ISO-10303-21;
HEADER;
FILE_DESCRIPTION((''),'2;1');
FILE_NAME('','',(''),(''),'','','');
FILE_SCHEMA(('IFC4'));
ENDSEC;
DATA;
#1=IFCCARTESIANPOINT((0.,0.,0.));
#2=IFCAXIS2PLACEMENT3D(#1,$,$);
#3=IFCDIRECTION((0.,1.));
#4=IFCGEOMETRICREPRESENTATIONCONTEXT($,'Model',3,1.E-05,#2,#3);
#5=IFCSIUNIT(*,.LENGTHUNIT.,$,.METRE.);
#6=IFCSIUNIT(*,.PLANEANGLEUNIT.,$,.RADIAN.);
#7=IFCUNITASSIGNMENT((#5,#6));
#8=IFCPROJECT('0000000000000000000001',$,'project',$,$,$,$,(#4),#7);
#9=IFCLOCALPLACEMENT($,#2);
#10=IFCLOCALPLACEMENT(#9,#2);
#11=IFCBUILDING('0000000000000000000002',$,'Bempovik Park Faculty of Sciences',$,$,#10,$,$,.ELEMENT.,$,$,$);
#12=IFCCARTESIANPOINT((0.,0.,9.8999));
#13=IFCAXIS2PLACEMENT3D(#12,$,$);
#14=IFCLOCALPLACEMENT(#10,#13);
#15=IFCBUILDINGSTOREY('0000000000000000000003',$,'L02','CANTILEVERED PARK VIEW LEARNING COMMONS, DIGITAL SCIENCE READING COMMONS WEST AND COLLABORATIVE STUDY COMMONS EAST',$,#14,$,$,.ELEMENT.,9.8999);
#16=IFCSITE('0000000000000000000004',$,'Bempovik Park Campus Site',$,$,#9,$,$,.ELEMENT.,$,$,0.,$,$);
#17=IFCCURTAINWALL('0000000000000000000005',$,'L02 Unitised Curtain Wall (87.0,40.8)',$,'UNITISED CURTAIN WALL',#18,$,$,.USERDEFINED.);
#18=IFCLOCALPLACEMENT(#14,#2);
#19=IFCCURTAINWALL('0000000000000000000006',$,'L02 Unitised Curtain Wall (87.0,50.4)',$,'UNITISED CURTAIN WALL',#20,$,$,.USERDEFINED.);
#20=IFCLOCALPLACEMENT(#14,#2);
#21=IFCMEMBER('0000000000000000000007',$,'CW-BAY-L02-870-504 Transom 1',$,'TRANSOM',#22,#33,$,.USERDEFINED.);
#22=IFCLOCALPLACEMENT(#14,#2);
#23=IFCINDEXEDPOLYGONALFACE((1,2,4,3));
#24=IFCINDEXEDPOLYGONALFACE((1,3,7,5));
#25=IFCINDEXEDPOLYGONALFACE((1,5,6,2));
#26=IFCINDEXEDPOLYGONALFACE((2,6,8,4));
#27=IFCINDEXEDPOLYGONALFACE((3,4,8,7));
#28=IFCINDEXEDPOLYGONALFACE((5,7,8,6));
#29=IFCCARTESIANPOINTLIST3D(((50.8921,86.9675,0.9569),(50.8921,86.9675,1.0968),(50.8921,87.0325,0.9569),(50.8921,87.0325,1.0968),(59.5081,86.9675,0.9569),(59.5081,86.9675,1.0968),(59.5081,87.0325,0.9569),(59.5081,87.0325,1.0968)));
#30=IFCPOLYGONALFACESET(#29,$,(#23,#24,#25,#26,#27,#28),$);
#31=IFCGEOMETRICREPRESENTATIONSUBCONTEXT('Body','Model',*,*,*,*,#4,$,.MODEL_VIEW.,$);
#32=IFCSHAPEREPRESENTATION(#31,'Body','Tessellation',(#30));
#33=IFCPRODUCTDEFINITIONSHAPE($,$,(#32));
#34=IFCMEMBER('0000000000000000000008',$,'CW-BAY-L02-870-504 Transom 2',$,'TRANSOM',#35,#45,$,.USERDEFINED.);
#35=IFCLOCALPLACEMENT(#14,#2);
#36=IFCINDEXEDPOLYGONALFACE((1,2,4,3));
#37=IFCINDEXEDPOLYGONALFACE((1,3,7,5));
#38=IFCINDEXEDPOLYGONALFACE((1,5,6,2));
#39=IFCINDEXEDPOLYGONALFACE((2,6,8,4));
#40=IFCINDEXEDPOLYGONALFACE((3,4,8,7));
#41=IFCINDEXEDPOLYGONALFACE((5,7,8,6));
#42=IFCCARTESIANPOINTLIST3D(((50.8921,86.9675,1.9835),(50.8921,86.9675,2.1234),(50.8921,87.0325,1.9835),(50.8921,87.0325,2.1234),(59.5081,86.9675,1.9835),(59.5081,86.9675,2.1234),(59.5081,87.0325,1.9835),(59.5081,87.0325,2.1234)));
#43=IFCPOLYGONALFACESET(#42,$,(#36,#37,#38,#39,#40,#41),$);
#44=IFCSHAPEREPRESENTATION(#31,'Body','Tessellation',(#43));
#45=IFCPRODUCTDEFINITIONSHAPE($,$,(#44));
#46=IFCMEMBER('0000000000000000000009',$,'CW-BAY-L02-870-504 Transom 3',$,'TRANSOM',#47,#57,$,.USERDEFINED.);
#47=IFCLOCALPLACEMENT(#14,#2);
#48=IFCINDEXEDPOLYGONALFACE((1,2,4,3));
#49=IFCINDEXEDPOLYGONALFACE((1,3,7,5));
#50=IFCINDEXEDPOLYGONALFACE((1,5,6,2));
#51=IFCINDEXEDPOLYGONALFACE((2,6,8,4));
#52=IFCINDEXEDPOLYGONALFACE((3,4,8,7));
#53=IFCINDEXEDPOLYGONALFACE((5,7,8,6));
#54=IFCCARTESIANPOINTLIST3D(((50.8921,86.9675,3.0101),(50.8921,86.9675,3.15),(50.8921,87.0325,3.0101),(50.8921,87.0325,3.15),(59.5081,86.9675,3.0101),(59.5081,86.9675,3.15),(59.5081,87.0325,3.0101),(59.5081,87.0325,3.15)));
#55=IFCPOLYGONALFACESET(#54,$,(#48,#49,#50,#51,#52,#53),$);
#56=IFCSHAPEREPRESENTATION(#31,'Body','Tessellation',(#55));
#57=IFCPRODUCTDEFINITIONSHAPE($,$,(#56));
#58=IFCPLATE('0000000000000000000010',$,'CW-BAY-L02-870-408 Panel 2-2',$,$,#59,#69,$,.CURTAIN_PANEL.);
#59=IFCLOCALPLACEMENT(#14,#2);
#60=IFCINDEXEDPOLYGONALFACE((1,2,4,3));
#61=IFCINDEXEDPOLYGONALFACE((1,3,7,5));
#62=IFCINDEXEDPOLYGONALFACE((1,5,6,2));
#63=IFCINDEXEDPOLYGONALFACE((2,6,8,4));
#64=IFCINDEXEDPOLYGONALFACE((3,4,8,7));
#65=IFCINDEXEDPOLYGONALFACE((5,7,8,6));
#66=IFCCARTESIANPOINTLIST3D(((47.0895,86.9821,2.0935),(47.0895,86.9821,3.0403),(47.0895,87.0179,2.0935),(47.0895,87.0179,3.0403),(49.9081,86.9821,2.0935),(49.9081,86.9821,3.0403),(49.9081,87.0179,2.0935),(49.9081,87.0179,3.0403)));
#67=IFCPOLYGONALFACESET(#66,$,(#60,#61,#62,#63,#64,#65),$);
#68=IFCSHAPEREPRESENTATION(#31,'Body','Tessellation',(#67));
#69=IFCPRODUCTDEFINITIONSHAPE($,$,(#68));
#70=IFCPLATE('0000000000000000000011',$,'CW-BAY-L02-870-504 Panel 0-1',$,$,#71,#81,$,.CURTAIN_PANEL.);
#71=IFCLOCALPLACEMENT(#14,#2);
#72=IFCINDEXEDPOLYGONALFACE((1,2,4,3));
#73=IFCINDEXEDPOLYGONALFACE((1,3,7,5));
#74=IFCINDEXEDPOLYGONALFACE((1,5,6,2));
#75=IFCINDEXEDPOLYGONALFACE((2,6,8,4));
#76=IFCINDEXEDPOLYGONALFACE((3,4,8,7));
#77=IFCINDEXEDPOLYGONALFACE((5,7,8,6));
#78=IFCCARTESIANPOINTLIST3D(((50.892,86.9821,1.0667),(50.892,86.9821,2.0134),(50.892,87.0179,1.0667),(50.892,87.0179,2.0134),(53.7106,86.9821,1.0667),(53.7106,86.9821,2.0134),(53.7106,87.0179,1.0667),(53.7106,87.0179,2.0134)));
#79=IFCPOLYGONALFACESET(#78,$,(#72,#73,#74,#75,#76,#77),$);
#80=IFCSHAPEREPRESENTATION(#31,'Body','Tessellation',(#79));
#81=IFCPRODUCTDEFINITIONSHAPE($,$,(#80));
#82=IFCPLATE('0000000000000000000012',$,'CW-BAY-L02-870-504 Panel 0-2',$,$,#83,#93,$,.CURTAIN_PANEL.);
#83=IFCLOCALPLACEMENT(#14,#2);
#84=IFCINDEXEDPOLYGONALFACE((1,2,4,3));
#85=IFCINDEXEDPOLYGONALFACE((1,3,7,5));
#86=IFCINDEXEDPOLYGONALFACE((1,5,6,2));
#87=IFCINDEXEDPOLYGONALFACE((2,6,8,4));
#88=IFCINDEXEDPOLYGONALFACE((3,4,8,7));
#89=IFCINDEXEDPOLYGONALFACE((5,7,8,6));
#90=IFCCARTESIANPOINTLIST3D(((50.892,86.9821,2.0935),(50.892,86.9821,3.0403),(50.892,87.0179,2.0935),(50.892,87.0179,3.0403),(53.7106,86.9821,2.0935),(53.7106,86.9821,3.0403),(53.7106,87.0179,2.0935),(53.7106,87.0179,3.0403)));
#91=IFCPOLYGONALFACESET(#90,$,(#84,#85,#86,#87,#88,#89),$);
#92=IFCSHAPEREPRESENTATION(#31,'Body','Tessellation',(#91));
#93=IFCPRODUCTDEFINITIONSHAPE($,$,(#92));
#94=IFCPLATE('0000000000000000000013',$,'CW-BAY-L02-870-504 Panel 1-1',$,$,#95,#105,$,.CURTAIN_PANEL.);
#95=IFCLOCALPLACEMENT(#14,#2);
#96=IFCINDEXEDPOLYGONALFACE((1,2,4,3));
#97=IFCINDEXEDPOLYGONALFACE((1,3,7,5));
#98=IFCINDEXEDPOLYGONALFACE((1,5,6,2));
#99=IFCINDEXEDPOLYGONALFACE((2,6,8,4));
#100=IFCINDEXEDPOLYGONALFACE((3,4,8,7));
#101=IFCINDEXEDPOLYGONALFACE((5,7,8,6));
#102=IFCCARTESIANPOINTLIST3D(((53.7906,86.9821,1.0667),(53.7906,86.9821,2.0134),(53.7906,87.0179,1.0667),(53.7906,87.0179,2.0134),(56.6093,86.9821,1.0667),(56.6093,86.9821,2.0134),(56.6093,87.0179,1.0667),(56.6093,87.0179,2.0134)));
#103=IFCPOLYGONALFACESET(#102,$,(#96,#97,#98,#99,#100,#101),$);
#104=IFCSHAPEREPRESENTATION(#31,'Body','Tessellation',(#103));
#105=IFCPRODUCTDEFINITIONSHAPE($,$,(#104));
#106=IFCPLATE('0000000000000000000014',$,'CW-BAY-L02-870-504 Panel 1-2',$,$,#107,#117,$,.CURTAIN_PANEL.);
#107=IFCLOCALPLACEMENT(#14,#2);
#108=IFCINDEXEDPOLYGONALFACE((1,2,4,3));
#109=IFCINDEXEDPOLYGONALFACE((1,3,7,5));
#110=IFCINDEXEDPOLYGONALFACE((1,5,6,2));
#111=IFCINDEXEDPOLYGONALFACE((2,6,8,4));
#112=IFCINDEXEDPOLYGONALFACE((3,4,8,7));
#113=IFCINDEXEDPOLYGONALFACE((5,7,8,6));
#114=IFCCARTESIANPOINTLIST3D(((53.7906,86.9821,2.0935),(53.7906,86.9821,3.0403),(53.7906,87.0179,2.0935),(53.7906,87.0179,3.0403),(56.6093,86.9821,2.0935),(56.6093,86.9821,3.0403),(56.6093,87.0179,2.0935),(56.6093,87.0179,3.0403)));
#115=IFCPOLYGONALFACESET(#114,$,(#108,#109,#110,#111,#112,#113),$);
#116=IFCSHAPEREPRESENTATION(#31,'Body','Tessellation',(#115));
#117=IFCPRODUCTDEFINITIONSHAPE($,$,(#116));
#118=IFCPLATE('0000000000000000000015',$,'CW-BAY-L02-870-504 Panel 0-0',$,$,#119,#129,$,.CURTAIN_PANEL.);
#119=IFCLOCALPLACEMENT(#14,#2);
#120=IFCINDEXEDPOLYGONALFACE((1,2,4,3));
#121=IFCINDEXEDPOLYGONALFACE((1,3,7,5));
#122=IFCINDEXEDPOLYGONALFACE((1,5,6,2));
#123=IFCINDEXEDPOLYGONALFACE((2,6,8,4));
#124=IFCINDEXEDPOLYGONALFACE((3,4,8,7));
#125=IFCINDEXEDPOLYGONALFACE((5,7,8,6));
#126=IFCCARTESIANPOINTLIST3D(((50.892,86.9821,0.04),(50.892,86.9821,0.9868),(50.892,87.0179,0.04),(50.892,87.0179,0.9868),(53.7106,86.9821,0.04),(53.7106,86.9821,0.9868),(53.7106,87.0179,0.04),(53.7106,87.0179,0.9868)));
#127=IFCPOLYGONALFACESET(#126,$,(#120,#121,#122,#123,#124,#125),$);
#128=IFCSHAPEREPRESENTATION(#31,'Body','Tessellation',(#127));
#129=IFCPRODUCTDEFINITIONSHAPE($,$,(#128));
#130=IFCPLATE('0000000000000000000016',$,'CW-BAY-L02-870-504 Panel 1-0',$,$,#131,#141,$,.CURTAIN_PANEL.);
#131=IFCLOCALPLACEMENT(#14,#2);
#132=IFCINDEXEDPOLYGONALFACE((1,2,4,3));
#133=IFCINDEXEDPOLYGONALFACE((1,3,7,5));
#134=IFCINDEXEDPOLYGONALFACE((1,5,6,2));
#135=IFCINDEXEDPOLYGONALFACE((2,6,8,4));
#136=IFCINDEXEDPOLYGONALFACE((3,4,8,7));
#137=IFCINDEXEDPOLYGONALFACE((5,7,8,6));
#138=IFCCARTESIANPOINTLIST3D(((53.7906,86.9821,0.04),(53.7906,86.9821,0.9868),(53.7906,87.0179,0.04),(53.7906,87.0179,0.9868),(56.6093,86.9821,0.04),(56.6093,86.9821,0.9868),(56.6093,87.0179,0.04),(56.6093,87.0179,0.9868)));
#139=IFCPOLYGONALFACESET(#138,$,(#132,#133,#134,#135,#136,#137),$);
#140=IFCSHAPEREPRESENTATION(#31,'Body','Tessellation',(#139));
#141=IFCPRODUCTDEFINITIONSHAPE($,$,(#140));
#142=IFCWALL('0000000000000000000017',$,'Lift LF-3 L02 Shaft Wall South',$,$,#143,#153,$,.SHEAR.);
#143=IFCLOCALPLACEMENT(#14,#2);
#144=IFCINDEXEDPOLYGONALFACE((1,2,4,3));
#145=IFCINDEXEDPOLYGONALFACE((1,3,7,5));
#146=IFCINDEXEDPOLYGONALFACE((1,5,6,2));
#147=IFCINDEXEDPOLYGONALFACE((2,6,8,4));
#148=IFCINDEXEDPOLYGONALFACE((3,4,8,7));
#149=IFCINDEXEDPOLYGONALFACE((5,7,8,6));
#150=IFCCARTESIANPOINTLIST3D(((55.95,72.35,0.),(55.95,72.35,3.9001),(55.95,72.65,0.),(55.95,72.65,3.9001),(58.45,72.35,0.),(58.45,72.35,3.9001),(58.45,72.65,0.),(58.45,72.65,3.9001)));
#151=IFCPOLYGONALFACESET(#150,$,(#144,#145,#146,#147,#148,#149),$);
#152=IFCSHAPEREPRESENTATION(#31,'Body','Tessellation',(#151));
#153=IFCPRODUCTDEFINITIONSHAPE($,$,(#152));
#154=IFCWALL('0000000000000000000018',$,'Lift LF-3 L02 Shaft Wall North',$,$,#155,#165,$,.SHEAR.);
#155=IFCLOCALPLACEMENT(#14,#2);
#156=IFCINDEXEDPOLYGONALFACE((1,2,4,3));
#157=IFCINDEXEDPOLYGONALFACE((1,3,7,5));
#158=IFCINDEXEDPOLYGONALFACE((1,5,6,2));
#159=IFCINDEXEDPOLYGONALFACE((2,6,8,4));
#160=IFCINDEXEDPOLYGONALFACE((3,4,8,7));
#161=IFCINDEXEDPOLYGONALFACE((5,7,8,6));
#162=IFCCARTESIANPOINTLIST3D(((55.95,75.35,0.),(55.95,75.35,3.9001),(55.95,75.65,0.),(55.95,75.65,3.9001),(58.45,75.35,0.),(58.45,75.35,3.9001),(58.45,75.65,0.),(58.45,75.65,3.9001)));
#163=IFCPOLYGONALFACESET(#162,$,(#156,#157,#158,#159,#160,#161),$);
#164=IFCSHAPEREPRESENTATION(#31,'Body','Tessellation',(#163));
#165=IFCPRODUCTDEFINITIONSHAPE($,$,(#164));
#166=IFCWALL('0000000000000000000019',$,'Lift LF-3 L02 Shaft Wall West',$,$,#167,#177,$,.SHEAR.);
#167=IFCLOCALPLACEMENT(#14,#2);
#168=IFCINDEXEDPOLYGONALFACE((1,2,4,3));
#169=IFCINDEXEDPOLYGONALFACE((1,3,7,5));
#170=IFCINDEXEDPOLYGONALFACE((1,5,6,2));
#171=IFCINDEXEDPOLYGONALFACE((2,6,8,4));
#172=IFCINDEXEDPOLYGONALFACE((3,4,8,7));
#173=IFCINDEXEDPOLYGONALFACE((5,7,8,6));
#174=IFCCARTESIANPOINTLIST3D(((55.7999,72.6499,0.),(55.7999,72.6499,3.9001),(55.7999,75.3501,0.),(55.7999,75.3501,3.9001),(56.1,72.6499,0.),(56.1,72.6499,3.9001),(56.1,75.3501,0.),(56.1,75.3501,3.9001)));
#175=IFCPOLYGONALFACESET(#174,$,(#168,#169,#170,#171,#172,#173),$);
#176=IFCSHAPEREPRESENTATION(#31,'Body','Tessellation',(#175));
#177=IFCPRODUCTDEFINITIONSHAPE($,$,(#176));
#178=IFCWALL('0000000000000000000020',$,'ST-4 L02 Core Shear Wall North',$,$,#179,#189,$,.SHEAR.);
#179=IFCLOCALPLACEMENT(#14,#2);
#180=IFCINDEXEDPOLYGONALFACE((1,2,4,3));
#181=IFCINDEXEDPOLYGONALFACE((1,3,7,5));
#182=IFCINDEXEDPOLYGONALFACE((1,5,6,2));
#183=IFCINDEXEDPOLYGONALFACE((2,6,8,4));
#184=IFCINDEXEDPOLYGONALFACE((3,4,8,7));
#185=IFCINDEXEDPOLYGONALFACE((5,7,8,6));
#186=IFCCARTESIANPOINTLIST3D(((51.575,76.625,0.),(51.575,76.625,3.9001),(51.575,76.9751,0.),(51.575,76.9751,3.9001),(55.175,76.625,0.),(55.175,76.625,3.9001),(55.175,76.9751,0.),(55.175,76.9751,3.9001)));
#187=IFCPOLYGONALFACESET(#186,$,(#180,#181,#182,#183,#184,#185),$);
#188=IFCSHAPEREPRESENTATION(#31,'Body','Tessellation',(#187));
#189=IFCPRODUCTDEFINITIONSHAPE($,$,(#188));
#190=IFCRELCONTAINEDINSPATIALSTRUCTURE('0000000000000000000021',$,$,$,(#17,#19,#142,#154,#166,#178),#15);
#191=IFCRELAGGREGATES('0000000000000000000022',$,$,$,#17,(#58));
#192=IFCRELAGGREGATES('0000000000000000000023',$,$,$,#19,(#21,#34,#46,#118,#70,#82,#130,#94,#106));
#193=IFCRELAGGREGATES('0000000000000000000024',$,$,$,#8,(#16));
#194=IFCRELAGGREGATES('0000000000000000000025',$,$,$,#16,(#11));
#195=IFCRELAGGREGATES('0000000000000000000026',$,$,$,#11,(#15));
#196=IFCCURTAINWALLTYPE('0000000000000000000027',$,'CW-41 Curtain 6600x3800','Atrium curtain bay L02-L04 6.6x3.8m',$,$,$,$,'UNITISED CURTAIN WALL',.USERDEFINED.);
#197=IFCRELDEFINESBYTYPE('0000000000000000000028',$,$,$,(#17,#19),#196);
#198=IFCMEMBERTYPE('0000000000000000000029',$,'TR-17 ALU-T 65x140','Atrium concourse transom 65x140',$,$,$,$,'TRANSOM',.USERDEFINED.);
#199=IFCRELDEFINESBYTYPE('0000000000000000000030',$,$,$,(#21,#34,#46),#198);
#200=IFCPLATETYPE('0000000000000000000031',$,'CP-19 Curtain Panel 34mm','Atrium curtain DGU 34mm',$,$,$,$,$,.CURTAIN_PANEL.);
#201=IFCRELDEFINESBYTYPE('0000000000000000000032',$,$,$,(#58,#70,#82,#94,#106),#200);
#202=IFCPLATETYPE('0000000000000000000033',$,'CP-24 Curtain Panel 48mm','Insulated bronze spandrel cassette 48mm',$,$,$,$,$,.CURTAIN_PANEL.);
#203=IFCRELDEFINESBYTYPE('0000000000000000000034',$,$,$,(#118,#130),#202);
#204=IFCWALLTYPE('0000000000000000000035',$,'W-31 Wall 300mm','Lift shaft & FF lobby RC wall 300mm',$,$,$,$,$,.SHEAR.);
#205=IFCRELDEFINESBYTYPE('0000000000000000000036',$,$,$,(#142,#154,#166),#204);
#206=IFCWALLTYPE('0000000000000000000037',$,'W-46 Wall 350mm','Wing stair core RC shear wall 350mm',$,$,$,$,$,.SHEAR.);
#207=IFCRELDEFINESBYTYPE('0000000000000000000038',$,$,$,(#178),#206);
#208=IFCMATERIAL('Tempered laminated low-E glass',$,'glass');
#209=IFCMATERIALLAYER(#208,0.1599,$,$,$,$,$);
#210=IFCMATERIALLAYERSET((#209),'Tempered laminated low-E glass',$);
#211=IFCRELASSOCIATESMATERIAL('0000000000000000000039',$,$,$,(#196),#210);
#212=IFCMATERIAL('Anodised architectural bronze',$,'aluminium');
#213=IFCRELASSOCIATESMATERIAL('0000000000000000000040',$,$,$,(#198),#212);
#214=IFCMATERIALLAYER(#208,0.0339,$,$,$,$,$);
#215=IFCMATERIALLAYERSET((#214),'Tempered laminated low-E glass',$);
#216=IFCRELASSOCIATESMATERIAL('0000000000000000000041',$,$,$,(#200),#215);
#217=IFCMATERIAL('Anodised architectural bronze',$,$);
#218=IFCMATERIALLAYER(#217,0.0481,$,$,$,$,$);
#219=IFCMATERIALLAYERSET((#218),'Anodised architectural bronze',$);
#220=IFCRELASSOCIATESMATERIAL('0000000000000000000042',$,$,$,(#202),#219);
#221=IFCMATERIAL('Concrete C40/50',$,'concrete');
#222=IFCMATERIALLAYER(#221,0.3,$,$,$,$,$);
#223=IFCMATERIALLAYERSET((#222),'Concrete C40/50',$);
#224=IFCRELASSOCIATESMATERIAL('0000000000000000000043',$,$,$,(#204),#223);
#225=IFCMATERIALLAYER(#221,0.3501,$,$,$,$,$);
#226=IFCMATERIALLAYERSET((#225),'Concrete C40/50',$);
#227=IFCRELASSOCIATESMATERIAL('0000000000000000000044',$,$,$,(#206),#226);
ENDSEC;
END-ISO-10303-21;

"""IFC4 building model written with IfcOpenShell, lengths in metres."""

from ifc_helpers import new_model, si_unit, direction, frame, frame_2d, origin, origin_2d, place, context, subcontext, project, spatial, rectangle, extrude, material, layer, layer_set, material_profile, profile_set, type_object, element, aggregate, save


model = new_model("IFC4")

# Units and contexts
model_context = context("Model", 3, precision=1e-05, world=origin(), true_north=direction((0.0, 1.0)))
body_context = subcontext(model_context, "Body", "Model", "MODEL_VIEW")
ifc_project = project(units=[si_unit("LENGTHUNIT", "METRE"), si_unit("PLANEANGLEUNIT", "RADIAN")], contexts=[model_context])

# Site, building, storey
site_placement = place(None, origin())
site = spatial("IfcSite", under=ifc_project, at=site_placement, Name="Bempovik Park Campus Site", CompositionType="ELEMENT", RefElevation=0.0)
building_placement = place(site_placement, origin())
building = spatial("IfcBuilding", under=site, at=building_placement, Name="Bempovik Park Faculty of Sciences", CompositionType="ELEMENT")
storey_placement = place(building_placement, frame((0.0, 0.0, 9.8999)))
storey = spatial("IfcBuildingStorey", under=building, at=storey_placement, Name="L02", Description="CANTILEVERED PARK VIEW LEARNING COMMONS, DIGITAL SCIENCE READING COMMONS WEST AND COLLABORATIVE STUDY COMMONS EAST", CompositionType="ELEMENT", Elevation=9.8999)

# Shared definitions
ifc_material_1 = material(Name="Concrete C40/50", Category="concrete")

# Curtain wall
ifc_material_2 = material(Name="Tempered laminated low-E glass", Category="glass")
ifc_layer_1 = layer(ifc_material_2, 0.1599)
ifc_layer_set_1 = layer_set([ifc_layer_1], Name="Tempered laminated low-E glass")
curtain_wall_type = type_object("IfcCurtainWallType", Name="CW-41 Curtain 6600x3800", Description="Atrium curtain bay L02-L04 6.6x3.8m", ElementType="UNITISED CURTAIN WALL", PredefinedType="USERDEFINED", material=ifc_layer_set_1)
curtain_wall_1_placement = place(storey_placement, origin())
curtain_wall_1 = element("IfcCurtainWall", 1, at=curtain_wall_1_placement, inside=storey, type_object=curtain_wall_type, Name="L02 Unitised Curtain Wall (87.0,40.8)", ObjectType="UNITISED CURTAIN WALL", PredefinedType="USERDEFINED")
ifc_material_3 = material(Name="Anodised architectural bronze", Category="aluminium")

# Curtain wall, members
curtain_wall_2_placement = place(storey_placement, origin())
curtain_wall_2 = element("IfcCurtainWall", 2, at=curtain_wall_2_placement, inside=storey, type_object=curtain_wall_type, Name="L02 Unitised Curtain Wall (87.0,50.4)", ObjectType="UNITISED CURTAIN WALL", PredefinedType="USERDEFINED")
ifc_material_profile_1 = material_profile(ifc_material_3, rectangle(XDim=0.0649, YDim=0.1399, at=origin_2d()), Name="ALU-T 65x140")
ifc_profile_set_1 = profile_set([ifc_material_profile_1], Name="Anodised architectural bronze")
member_type_1 = type_object("IfcMemberType", Name="TR-17 ALU-T 65x140", Description="Atrium concourse transom 65x140", ElementType="TRANSOM", PredefinedType="USERDEFINED", material=ifc_profile_set_1)
member_1_placement = place(storey_placement, frame((50.8921, 87.0, 1.0269), z_axis=(1.0, 0.0, 0.0), x_axis=(0.0, 1.0, 0.0)))
member_1 = element("IfcMember", 3, at=member_1_placement, type_object=member_type_1, Name="CW-BAY-L02-870-504 Transom 1", ObjectType="TRANSOM", PredefinedType="USERDEFINED", context=body_context, shape_type="SweptSolid", body=[
    extrude(rectangle(XDim=0.0649, YDim=0.1399, at=origin_2d()), origin(), (0.0, 0.0, 1.0), 8.616),
])
member_2_placement = place(storey_placement, frame((50.8921, 87.0, 2.0535), z_axis=(1.0, 0.0, 0.0), x_axis=(0.0, 1.0, 0.0)))
member_2 = element("IfcMember", 4, at=member_2_placement, type_object=member_type_1, Name="CW-BAY-L02-870-504 Transom 2", ObjectType="TRANSOM", PredefinedType="USERDEFINED", context=body_context, shape_type="SweptSolid", body=[
    extrude(rectangle(XDim=0.0649, YDim=0.1399, at=origin_2d()), origin(), (0.0, 0.0, 1.0), 8.616),
])
member_3_placement = place(storey_placement, frame((50.8921, 87.0, 3.0801), z_axis=(1.0, 0.0, 0.0), x_axis=(0.0, 1.0, 0.0)))
member_3 = element("IfcMember", 5, at=member_3_placement, type_object=member_type_1, Name="CW-BAY-L02-870-504 Transom 3", ObjectType="TRANSOM", PredefinedType="USERDEFINED", context=body_context, shape_type="SweptSolid", body=[
    extrude(rectangle(XDim=0.0649, YDim=0.1399, at=origin_2d()), origin(), (0.0, 0.0, 1.0), 8.616),
])

# Plates
ifc_layer_2 = layer(ifc_material_2, 0.0339)
ifc_layer_set_2 = layer_set([ifc_layer_2], Name="Tempered laminated low-E glass")
plate_type_1 = type_object("IfcPlateType", Name="CP-19 Curtain Panel 34mm", Description="Atrium curtain DGU 34mm", PredefinedType="CURTAIN_PANEL", material=ifc_layer_set_2)
plate_1_placement = place(storey_placement, frame((48.4988, 87.0, 2.0935), z_axis=(0.0, 0.0, 1.0), x_axis=(1.0, 0.0, 0.0)))
plate_1 = element("IfcPlate", 6, at=plate_1_placement, type_object=plate_type_1, Name="CW-BAY-L02-870-408 Panel 2-2", PredefinedType="CURTAIN_PANEL", context=body_context, shape_type="SweptSolid", body=[
    extrude(rectangle(XDim=2.8186, YDim=0.0359, at=origin_2d()), origin(), (0.0, 0.0, 1.0), 0.9468),
])
aggregate(curtain_wall_1, [plate_1])
plate_2_placement = place(storey_placement, frame((52.3013, 87.0, 1.0667), z_axis=(0.0, 0.0, 1.0), x_axis=(1.0, 0.0, 0.0)))
plate_2 = element("IfcPlate", 7, at=plate_2_placement, type_object=plate_type_1, Name="CW-BAY-L02-870-504 Panel 0-1", PredefinedType="CURTAIN_PANEL", context=body_context, shape_type="SweptSolid", body=[
    extrude(rectangle(XDim=2.8186, YDim=0.0359, at=origin_2d()), origin(), (0.0, 0.0, 1.0), 0.9468),
])
plate_3_placement = place(storey_placement, frame((52.3013, 87.0, 2.0935), z_axis=(0.0, 0.0, 1.0), x_axis=(1.0, 0.0, 0.0)))
plate_3 = element("IfcPlate", 8, at=plate_3_placement, type_object=plate_type_1, Name="CW-BAY-L02-870-504 Panel 0-2", PredefinedType="CURTAIN_PANEL", context=body_context, shape_type="SweptSolid", body=[
    extrude(rectangle(XDim=2.8186, YDim=0.0359, at=origin_2d()), origin(), (0.0, 0.0, 1.0), 0.9468),
])
plate_4_placement = place(storey_placement, frame((55.2, 87.0, 1.0667), z_axis=(0.0, 0.0, 1.0), x_axis=(1.0, 0.0, 0.0)))
plate_4 = element("IfcPlate", 9, at=plate_4_placement, type_object=plate_type_1, Name="CW-BAY-L02-870-504 Panel 1-1", PredefinedType="CURTAIN_PANEL", context=body_context, shape_type="SweptSolid", body=[
    extrude(rectangle(XDim=2.8186, YDim=0.0359, at=origin_2d()), origin(), (0.0, 0.0, 1.0), 0.9468),
])
plate_5_placement = place(storey_placement, frame((55.2, 87.0, 2.0935), z_axis=(0.0, 0.0, 1.0), x_axis=(1.0, 0.0, 0.0)))
plate_5 = element("IfcPlate", 10, at=plate_5_placement, type_object=plate_type_1, Name="CW-BAY-L02-870-504 Panel 1-2", PredefinedType="CURTAIN_PANEL", context=body_context, shape_type="SweptSolid", body=[
    extrude(rectangle(XDim=2.8186, YDim=0.0359, at=origin_2d()), origin(), (0.0, 0.0, 1.0), 0.9468),
])
ifc_material_4 = material(Name="Anodised architectural bronze")
ifc_layer_3 = layer(ifc_material_4, 0.0481)
ifc_layer_set_3 = layer_set([ifc_layer_3], Name="Anodised architectural bronze")
plate_type_2 = type_object("IfcPlateType", Name="CP-24 Curtain Panel 48mm", Description="Insulated bronze spandrel cassette 48mm", PredefinedType="CURTAIN_PANEL", material=ifc_layer_set_3)
plate_6_placement = place(storey_placement, frame((52.3013, 87.0, 0.04), z_axis=(0.0, 0.0, 1.0), x_axis=(1.0, 0.0, 0.0)))
plate_6 = element("IfcPlate", 11, at=plate_6_placement, type_object=plate_type_2, Name="CW-BAY-L02-870-504 Panel 0-0", PredefinedType="CURTAIN_PANEL", context=body_context, shape_type="SweptSolid", body=[
    extrude(rectangle(XDim=2.8186, YDim=0.0359, at=origin_2d()), origin(), (0.0, 0.0, 1.0), 0.9468),
])
plate_7_placement = place(storey_placement, frame((55.2, 87.0, 0.04), z_axis=(0.0, 0.0, 1.0), x_axis=(1.0, 0.0, 0.0)))
plate_7 = element("IfcPlate", 12, at=plate_7_placement, type_object=plate_type_2, Name="CW-BAY-L02-870-504 Panel 1-0", PredefinedType="CURTAIN_PANEL", context=body_context, shape_type="SweptSolid", body=[
    extrude(rectangle(XDim=2.8186, YDim=0.0359, at=origin_2d()), origin(), (0.0, 0.0, 1.0), 0.9468),
])
aggregate(curtain_wall_2, [member_1, member_2, member_3, plate_6, plate_2, plate_3, plate_7, plate_4, plate_5])

# Walls
ifc_layer_4 = layer(ifc_material_1, 0.3)
ifc_layer_set_4 = layer_set([ifc_layer_4], Name="Concrete C40/50")
wall_type_1 = type_object("IfcWallType", Name="W-31 Wall 300mm", Description="Lift shaft & FF lobby RC wall 300mm", PredefinedType="SHEAR", material=ifc_layer_set_4)
for number, where, z_axis, x_axis, name in (
    (13, (55.95, 72.5, 0.0), (0.0, 0.0, 1.0), (1.0, 0.0, 0.0), "Lift LF-3 L02 Shaft Wall South"),
    (14, (55.95, 75.5, 0.0), (0.0, 0.0, 1.0), (1.0, 0.0, 0.0), "Lift LF-3 L02 Shaft Wall North"),
):
    element("IfcWall", number, at=place(storey_placement, frame(where, z_axis=z_axis, x_axis=x_axis)), inside=storey, type_object=wall_type_1, Name=name, PredefinedType="SHEAR", context=body_context, shape_type="SweptSolid", body=[
        extrude(rectangle(XDim=2.5, YDim=0.3, at=frame_2d((1.25, 0.0))), origin(), (0.0, 0.0, 1.0), 3.9001),
    ])
wall_1_placement = place(storey_placement, frame((55.95, 72.6499, 0.0), z_axis=(0.0, 0.0, 1.0), x_axis=(0.0, 1.0, 0.0)))
element("IfcWall", 15, at=wall_1_placement, inside=storey, type_object=wall_type_1, Name="Lift LF-3 L02 Shaft Wall West", PredefinedType="SHEAR", context=body_context, shape_type="SweptSolid", body=[
    extrude(rectangle(XDim=2.7002, YDim=0.3, at=frame_2d((1.3501, 0.0))), origin(), (0.0, 0.0, 1.0), 3.9001),
])
ifc_layer_5 = layer(ifc_material_1, 0.3501)
ifc_layer_set_5 = layer_set([ifc_layer_5], Name="Concrete C40/50")
wall_type_2 = type_object("IfcWallType", Name="W-46 Wall 350mm", Description="Wing stair core RC shear wall 350mm", PredefinedType="SHEAR", material=ifc_layer_set_5)
wall_2_placement = place(storey_placement, frame((51.575, 76.8, 0.0), z_axis=(0.0, 0.0, 1.0), x_axis=(1.0, 0.0, 0.0)))
element("IfcWall", 16, at=wall_2_placement, inside=storey, type_object=wall_type_2, Name="ST-4 L02 Core Shear Wall North", PredefinedType="SHEAR", context=body_context, shape_type="SweptSolid", body=[
    extrude(rectangle(XDim=3.6001, YDim=0.3501, at=frame_2d((1.8, 0.0))), origin(), (0.0, 0.0, 1.0), 3.9001),
])

save(model, "model.ifc")
